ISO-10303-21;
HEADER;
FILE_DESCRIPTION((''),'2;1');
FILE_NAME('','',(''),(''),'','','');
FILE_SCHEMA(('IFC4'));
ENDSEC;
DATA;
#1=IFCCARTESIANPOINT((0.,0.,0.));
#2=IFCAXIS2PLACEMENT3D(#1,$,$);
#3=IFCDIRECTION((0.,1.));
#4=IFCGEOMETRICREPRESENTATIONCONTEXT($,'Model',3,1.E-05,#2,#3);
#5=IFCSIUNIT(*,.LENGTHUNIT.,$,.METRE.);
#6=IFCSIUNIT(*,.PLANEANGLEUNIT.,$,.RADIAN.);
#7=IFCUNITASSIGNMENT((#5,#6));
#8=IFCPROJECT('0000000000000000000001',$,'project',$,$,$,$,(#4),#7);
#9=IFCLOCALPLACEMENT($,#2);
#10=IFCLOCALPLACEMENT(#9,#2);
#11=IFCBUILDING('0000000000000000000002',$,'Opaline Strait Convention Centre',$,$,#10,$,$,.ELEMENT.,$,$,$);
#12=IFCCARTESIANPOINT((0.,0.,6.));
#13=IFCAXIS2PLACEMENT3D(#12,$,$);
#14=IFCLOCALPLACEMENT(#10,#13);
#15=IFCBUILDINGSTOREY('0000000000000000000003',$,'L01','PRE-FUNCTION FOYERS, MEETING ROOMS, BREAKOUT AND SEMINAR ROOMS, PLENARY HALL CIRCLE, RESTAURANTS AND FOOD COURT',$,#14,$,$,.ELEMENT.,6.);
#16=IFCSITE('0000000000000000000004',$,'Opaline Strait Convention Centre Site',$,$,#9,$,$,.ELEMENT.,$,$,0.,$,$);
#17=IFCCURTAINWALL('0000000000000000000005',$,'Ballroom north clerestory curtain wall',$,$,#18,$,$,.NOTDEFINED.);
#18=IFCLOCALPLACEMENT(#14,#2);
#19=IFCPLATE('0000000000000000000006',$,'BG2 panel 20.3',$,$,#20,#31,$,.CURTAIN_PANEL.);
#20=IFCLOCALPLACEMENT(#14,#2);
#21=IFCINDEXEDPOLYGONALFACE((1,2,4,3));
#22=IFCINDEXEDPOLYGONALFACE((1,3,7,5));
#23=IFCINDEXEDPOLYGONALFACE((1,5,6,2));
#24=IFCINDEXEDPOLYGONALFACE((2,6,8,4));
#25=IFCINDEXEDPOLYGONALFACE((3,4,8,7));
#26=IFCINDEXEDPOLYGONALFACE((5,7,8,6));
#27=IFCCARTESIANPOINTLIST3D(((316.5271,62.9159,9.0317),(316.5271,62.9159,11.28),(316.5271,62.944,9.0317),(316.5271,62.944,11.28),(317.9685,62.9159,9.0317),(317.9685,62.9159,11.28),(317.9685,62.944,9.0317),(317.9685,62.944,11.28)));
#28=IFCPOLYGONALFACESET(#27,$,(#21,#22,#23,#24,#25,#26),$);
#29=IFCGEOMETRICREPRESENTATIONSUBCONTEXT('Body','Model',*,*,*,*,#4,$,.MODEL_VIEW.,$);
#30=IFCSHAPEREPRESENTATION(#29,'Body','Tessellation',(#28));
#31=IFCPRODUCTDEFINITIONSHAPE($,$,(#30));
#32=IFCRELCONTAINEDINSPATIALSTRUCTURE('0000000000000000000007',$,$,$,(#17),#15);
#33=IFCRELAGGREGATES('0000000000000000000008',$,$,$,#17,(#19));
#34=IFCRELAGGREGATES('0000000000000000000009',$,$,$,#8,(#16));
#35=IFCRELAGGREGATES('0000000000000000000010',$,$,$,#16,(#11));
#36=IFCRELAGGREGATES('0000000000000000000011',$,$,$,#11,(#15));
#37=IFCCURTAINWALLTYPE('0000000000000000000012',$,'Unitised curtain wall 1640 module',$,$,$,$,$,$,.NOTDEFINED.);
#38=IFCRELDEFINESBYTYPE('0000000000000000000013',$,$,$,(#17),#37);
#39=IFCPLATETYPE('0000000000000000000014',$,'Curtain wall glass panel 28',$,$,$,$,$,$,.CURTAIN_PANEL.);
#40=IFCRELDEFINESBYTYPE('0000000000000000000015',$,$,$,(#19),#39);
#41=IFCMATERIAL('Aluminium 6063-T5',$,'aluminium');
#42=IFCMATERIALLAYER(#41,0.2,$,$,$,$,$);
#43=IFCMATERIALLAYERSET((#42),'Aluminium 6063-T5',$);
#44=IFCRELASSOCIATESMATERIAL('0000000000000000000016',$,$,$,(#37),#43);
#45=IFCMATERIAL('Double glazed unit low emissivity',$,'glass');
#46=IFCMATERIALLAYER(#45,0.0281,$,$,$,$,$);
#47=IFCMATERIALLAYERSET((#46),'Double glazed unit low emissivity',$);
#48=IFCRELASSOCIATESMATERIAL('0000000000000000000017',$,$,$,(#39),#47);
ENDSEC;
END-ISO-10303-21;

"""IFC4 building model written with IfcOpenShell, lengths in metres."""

from ifc_helpers import new_model, si_unit, direction, frame, origin, origin_2d, place, context, subcontext, project, spatial, rectangle, extrude, material, layer, layer_set, type_object, element, aggregate, save


model = new_model("IFC4")

# Units and contexts
model_context = context("Model", 3, precision=1e-05, world=origin(), true_north=direction((0.0, 1.0)))
body_context = subcontext(model_context, "Body", "Model", "MODEL_VIEW")
ifc_project = project(units=[si_unit("LENGTHUNIT", "METRE"), si_unit("PLANEANGLEUNIT", "RADIAN")], contexts=[model_context])

# Site, building, storey
site_placement = place(None, origin())
site = spatial("IfcSite", under=ifc_project, at=site_placement, Name="Opaline Strait Convention Centre Site", CompositionType="ELEMENT", RefElevation=0.0)
building_placement = place(site_placement, origin())
building = spatial("IfcBuilding", under=site, at=building_placement, Name="Opaline Strait Convention Centre", CompositionType="ELEMENT")
storey_placement = place(building_placement, frame((0.0, 0.0, 6.0)))
storey = spatial("IfcBuildingStorey", under=building, at=storey_placement, Name="L01", Description="PRE-FUNCTION FOYERS, MEETING ROOMS, BREAKOUT AND SEMINAR ROOMS, PLENARY HALL CIRCLE, RESTAURANTS AND FOOD COURT", CompositionType="ELEMENT", Elevation=6.0)

# Curtain wall, plate
ifc_material_1 = material(Name="Aluminium 6063-T5", Category="aluminium")
ifc_layer_1 = layer(ifc_material_1, 0.2)
ifc_layer_set_1 = layer_set([ifc_layer_1], Name="Aluminium 6063-T5")
curtain_wall_type = type_object("IfcCurtainWallType", Name="Unitised curtain wall 1640 module", PredefinedType="NOTDEFINED", material=ifc_layer_set_1)
curtain_wall_placement = place(storey_placement, origin())
curtain_wall = element("IfcCurtainWall", 1, at=curtain_wall_placement, inside=storey, type_object=curtain_wall_type, Name="Ballroom north clerestory curtain wall", PredefinedType="NOTDEFINED")
ifc_material_2 = material(Name="Double glazed unit low emissivity", Category="glass")
ifc_layer_2 = layer(ifc_material_2, 0.0281)
ifc_layer_set_2 = layer_set([ifc_layer_2], Name="Double glazed unit low emissivity")
plate_type = type_object("IfcPlateType", Name="Curtain wall glass panel 28", PredefinedType="CURTAIN_PANEL", material=ifc_layer_set_2)
plate_1_placement = place(storey_placement, frame((317.2478, 62.9299, 9.0317), z_axis=(0.0, 0.0, 1.0), x_axis=(1.0, 0.0, 0.0)))
plate_1 = element("IfcPlate", 2, at=plate_1_placement, type_object=plate_type, Name="BG2 panel 20.3", PredefinedType="CURTAIN_PANEL", context=body_context, shape_type="SweptSolid", body=[
    extrude(rectangle(XDim=1.4414, YDim=0.0281, at=origin_2d()), origin(), (0.0, 0.0, 1.0), 2.2483),
])
aggregate(curtain_wall, [plate_1])

save(model, "model.ifc")
